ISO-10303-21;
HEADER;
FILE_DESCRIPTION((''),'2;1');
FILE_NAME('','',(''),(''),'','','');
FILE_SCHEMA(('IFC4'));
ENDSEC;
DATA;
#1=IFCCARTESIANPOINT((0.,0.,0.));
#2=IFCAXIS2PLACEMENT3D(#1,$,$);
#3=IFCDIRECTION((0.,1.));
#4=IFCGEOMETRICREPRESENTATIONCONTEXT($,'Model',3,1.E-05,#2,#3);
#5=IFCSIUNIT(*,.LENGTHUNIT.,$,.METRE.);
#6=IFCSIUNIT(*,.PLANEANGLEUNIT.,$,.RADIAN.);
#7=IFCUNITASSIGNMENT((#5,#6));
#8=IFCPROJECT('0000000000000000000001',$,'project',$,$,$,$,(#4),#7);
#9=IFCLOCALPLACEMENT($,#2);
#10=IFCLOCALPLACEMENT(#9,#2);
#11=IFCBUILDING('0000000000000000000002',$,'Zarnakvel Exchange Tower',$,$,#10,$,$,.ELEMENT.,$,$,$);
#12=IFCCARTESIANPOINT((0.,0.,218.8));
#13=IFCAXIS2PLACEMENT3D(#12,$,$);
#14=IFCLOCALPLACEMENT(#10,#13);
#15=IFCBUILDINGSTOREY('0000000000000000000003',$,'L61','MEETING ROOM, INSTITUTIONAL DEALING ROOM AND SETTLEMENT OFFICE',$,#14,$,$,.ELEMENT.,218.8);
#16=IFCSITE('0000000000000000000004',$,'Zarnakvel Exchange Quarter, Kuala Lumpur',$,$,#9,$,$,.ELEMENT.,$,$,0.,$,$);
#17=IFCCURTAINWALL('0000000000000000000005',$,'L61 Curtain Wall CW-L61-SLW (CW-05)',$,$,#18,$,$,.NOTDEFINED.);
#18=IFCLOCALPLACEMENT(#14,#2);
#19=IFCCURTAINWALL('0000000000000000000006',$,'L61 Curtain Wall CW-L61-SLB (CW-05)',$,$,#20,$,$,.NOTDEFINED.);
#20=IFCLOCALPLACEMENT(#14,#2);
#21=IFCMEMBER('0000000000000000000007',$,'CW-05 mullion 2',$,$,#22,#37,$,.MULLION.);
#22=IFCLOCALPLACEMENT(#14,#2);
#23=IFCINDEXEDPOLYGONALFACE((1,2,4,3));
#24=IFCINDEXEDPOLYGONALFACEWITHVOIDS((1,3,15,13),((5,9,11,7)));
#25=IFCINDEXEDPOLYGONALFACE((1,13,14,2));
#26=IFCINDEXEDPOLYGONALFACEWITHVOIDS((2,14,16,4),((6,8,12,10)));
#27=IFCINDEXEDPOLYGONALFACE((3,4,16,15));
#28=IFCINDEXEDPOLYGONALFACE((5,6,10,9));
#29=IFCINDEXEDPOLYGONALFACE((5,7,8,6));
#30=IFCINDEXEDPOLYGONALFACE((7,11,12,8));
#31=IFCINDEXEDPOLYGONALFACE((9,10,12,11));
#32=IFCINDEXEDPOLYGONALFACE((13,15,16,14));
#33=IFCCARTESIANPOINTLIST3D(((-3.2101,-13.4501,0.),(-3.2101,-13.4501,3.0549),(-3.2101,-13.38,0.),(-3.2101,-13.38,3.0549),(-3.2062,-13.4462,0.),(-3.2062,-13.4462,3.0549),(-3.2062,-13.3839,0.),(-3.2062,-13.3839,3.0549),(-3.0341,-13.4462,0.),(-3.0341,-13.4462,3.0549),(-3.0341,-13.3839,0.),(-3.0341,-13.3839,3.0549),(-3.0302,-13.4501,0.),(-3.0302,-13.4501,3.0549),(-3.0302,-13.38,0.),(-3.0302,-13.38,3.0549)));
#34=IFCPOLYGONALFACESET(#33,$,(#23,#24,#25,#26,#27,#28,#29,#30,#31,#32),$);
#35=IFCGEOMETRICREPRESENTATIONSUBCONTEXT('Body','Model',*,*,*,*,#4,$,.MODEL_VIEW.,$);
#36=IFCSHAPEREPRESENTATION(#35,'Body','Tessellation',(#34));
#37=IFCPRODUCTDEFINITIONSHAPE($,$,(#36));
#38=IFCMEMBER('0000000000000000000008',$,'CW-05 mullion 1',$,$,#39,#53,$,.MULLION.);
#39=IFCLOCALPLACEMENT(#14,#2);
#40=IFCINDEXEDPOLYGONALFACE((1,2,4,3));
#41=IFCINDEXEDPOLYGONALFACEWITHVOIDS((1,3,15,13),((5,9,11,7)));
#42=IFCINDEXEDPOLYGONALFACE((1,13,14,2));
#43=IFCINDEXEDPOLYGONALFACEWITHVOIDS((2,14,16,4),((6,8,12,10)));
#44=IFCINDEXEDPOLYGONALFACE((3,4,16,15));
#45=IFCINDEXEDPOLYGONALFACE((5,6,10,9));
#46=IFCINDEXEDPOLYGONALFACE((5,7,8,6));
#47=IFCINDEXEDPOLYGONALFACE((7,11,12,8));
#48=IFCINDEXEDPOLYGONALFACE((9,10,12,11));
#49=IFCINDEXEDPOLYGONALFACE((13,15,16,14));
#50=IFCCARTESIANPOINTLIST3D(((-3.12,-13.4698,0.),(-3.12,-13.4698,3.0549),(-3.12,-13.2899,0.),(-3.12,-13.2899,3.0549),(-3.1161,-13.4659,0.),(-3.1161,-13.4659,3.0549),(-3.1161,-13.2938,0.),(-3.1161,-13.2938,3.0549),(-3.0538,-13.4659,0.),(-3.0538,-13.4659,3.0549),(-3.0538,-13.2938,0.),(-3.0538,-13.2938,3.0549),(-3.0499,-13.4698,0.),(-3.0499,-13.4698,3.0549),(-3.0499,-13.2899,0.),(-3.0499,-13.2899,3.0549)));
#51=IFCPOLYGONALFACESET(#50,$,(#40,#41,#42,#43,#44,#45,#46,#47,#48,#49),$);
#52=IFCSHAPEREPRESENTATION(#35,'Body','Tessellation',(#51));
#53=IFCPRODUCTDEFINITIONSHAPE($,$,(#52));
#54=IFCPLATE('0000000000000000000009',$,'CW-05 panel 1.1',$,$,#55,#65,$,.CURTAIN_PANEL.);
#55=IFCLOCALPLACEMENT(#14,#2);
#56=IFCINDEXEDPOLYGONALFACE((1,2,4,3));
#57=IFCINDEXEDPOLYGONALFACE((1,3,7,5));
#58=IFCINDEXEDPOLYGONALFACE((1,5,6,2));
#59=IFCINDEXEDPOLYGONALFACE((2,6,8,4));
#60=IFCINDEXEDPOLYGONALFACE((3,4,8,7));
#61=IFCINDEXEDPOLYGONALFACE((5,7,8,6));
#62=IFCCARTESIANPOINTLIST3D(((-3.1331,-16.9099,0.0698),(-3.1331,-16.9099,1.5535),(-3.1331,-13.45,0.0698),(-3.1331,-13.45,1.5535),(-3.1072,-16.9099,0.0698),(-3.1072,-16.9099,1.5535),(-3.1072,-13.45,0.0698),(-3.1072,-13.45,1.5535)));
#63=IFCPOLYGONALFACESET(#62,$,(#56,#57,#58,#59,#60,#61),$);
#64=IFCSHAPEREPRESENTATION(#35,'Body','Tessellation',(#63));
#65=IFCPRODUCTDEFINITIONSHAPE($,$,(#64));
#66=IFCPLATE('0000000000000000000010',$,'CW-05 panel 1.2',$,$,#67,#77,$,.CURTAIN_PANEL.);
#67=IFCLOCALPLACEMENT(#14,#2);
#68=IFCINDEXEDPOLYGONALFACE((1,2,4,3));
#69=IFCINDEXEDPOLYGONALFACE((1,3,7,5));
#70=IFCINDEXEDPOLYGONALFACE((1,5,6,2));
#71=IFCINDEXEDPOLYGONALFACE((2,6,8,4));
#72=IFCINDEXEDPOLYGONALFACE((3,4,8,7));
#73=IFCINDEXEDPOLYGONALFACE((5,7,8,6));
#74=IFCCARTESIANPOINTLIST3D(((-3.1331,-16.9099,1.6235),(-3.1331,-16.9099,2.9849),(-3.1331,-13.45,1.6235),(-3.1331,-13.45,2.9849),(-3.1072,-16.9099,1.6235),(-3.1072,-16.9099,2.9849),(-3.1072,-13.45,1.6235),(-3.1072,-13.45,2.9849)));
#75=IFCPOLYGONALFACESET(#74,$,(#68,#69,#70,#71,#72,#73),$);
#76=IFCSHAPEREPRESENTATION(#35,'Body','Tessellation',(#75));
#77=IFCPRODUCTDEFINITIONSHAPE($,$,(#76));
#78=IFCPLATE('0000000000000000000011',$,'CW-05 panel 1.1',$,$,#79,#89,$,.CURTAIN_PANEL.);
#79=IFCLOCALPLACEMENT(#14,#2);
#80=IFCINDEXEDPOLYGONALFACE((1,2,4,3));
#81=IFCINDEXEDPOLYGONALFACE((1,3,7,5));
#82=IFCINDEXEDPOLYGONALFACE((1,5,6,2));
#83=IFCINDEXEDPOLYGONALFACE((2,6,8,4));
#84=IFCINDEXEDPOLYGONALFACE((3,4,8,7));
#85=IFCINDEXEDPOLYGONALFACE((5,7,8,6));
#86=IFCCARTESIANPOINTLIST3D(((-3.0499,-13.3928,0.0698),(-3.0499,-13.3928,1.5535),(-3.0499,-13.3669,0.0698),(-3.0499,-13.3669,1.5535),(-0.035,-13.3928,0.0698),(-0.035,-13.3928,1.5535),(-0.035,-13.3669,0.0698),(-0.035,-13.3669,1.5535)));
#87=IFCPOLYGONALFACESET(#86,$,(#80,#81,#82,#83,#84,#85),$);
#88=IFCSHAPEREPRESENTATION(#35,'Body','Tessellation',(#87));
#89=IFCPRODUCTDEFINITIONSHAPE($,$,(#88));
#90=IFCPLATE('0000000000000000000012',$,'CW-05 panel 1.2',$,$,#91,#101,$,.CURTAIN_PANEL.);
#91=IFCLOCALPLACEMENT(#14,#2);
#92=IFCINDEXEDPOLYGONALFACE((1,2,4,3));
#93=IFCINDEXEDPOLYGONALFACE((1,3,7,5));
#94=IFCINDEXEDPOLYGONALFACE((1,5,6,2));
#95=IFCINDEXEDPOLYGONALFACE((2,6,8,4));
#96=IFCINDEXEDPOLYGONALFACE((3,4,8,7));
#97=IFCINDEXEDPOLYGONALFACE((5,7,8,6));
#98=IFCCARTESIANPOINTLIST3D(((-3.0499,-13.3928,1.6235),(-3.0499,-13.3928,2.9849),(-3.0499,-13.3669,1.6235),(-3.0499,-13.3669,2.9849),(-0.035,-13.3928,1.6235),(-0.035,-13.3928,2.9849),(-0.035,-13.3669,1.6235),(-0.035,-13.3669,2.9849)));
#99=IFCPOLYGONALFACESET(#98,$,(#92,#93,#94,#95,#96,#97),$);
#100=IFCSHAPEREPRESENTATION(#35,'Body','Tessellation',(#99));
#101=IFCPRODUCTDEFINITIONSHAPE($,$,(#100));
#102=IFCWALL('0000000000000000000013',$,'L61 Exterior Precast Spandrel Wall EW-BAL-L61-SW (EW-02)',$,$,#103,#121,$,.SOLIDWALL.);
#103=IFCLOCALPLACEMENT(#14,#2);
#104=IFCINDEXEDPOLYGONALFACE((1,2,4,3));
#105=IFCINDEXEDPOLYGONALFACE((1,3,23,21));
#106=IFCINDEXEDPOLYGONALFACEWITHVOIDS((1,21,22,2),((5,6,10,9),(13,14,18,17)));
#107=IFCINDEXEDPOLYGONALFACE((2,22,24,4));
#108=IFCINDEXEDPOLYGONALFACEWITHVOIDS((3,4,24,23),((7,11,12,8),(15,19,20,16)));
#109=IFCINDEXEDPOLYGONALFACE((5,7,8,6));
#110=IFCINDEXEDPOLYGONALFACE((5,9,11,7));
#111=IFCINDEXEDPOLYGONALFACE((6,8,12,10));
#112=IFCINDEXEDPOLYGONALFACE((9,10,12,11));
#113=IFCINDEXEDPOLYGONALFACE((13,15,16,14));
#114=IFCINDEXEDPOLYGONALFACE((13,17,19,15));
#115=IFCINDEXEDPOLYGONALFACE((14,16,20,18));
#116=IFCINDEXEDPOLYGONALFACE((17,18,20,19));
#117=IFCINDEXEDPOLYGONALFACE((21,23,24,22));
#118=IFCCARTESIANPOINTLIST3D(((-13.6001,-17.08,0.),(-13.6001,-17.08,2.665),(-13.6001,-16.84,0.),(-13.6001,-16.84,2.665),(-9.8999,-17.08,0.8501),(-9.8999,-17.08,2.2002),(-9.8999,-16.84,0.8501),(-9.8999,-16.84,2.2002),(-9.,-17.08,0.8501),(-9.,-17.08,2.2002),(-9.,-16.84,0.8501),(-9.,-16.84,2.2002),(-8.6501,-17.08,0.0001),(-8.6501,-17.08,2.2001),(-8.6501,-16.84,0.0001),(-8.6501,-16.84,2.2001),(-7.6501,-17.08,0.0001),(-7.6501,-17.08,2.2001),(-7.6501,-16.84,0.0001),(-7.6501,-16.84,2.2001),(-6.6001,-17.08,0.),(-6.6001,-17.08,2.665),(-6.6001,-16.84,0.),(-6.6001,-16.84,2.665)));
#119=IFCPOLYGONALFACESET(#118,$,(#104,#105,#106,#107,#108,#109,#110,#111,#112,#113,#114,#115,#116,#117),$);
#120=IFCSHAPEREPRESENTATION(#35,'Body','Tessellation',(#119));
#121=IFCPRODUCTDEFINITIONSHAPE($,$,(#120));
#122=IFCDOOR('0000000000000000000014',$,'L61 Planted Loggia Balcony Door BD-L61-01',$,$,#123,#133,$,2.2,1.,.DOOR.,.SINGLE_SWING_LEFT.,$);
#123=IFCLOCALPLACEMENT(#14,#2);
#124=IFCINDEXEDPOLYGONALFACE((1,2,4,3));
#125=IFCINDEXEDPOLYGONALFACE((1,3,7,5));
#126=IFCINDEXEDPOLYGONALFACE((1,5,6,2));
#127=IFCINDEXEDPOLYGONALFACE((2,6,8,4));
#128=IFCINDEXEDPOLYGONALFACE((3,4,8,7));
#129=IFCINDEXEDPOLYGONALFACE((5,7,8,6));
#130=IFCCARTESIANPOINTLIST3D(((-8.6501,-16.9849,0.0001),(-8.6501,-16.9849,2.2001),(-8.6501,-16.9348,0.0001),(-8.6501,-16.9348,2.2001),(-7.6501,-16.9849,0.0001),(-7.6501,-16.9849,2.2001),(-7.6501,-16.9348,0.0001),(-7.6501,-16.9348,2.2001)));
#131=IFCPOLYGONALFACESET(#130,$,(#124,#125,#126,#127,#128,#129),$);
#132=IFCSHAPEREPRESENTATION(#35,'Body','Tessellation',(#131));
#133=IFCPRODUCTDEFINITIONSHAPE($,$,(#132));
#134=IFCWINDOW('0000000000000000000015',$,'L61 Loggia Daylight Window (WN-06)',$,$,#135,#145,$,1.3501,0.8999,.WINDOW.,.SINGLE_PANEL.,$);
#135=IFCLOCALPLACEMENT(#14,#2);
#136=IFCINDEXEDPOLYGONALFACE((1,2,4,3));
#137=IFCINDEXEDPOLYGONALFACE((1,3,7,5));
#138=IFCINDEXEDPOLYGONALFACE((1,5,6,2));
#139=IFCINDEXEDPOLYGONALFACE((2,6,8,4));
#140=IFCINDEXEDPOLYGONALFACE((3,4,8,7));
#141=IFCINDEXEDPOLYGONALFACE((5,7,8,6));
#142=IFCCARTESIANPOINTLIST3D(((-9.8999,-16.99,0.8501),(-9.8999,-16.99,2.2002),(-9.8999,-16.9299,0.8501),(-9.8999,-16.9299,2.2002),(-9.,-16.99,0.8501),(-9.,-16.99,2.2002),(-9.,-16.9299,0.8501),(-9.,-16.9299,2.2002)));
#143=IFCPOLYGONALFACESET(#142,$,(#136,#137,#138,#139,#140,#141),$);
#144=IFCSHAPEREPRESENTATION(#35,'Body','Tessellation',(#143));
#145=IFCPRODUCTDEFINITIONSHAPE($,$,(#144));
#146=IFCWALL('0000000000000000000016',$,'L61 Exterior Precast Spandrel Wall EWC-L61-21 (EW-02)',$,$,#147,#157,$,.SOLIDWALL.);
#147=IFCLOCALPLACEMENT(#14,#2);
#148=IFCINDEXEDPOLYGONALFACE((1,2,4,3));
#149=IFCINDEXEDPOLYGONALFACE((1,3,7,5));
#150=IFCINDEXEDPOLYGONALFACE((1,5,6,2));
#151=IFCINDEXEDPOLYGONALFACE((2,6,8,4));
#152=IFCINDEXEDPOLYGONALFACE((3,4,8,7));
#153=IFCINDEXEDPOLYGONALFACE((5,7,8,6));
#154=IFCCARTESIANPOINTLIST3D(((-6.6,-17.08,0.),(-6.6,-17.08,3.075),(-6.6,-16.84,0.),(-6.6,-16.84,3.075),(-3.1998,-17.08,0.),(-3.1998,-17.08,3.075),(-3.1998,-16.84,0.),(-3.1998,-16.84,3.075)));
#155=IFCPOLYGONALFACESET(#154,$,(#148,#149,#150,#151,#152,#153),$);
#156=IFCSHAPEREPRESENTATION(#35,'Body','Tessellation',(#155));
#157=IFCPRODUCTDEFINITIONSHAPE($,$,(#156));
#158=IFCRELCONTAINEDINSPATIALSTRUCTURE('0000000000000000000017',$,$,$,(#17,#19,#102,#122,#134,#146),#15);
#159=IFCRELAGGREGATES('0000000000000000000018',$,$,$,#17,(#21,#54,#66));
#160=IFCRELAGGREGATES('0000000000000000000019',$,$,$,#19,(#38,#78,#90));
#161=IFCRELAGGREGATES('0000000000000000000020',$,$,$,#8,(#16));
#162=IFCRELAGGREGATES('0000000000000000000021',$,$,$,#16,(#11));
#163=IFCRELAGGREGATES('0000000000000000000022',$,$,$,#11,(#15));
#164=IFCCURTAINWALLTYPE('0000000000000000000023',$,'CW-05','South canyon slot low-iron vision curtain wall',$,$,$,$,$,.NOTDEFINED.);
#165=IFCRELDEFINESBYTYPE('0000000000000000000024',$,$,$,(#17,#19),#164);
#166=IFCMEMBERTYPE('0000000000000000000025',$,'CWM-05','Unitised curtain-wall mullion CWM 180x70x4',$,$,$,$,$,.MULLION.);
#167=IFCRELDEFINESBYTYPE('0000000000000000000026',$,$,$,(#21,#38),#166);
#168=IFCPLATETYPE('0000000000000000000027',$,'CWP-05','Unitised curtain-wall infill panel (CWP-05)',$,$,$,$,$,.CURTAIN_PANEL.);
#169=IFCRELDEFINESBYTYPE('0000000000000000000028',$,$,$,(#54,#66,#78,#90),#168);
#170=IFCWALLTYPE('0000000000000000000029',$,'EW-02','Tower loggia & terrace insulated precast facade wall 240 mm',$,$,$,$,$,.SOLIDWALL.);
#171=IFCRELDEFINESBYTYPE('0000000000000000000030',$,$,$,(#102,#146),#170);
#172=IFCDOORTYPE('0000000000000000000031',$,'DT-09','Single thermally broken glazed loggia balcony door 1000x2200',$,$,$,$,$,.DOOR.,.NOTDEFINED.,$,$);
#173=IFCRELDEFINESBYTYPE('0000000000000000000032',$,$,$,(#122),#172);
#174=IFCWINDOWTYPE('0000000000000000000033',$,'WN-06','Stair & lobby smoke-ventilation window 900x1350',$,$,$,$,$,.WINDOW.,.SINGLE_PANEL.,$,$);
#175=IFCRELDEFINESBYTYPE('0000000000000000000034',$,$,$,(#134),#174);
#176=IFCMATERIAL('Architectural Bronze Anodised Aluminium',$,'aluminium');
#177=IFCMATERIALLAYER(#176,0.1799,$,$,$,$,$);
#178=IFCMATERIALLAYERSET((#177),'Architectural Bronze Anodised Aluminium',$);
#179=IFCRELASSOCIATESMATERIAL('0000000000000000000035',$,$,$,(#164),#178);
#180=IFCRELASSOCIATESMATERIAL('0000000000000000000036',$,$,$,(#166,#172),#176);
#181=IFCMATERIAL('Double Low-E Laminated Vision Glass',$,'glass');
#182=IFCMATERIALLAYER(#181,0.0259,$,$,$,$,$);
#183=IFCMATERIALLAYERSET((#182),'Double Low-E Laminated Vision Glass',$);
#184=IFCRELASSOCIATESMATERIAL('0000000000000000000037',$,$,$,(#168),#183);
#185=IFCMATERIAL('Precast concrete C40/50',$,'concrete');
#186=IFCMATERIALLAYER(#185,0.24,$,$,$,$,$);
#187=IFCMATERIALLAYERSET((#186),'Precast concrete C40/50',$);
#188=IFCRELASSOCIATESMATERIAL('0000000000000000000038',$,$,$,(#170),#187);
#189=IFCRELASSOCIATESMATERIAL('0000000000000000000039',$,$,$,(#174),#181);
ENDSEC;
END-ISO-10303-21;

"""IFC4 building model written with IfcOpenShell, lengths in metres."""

from ifc_helpers import new_model, si_unit, direction, frame, frame_2d, origin, origin_2d, place, context, subcontext, project, spatial, rectangle, hollow_rectangle, extrude, source, transform, mapped, material, layer, layer_set, material_profile, profile_set, type_object, element, fill, aggregate, save


model = new_model("IFC4")

# Units and contexts
model_context = context("Model", 3, precision=1e-05, world=origin(), true_north=direction((0.0, 1.0)))
body_context = subcontext(model_context, "Body", "Model", "MODEL_VIEW")
ifc_project = project(units=[si_unit("LENGTHUNIT", "METRE"), si_unit("PLANEANGLEUNIT", "RADIAN")], contexts=[model_context])

# Site, building, storey
site_placement = place(None, origin())
site = spatial("IfcSite", under=ifc_project, at=site_placement, Name="Zarnakvel Exchange Quarter, Kuala Lumpur", CompositionType="ELEMENT", RefElevation=0.0)
building_placement = place(site_placement, origin())
building = spatial("IfcBuilding", under=site, at=building_placement, Name="Zarnakvel Exchange Tower", CompositionType="ELEMENT")
storey_placement = place(building_placement, frame((0.0, 0.0, 218.8)))
storey = spatial("IfcBuildingStorey", under=building, at=storey_placement, Name="L61", Description="MEETING ROOM, INSTITUTIONAL DEALING ROOM AND SETTLEMENT OFFICE", CompositionType="ELEMENT", Elevation=218.8)

# Curtain walls
ifc_material_1 = material(Name="Architectural Bronze Anodised Aluminium", Category="aluminium")
ifc_layer_1 = layer(ifc_material_1, 0.1799)
ifc_layer_set_1 = layer_set([ifc_layer_1], Name="Architectural Bronze Anodised Aluminium")
curtain_wall_type = type_object("IfcCurtainWallType", Name="CW-05", Description="South canyon slot low-iron vision curtain wall", PredefinedType="NOTDEFINED", material=ifc_layer_set_1)
curtain_wall_1_placement = place(storey_placement, origin())
curtain_wall_1 = element("IfcCurtainWall", 1, at=curtain_wall_1_placement, inside=storey, type_object=curtain_wall_type, Name="L61 Curtain Wall CW-L61-SLW (CW-05)", PredefinedType="NOTDEFINED")
curtain_wall_2_placement = place(storey_placement, origin())
curtain_wall_2 = element("IfcCurtainWall", 2, at=curtain_wall_2_placement, inside=storey, type_object=curtain_wall_type, Name="L61 Curtain Wall CW-L61-SLB (CW-05)", PredefinedType="NOTDEFINED")

# Members
ifc_material_profile_1 = material_profile(ifc_material_1, hollow_rectangle(XDim=0.1799, YDim=0.0701, WallThickness=0.0039, at=origin_2d()))
ifc_profile_set_1 = profile_set([ifc_material_profile_1], Name="Architectural Bronze Anodised Aluminium")
member_type_1 = type_object("IfcMemberType", Name="CWM-05", Description="Unitised curtain-wall mullion CWM 180x70x4", PredefinedType="MULLION", material=ifc_profile_set_1)
shared_shape_1 = source(origin(), body_context, "Body", "SweptSolid", [
    extrude(hollow_rectangle(XDim=0.1799, YDim=0.0701, WallThickness=0.0039, at=origin_2d()), origin(), (0.0, 0.0, 1.0), 3.0549),
])
member_1_placement = place(storey_placement, frame((-3.1201, -13.415, 0.0), z_axis=(0.0, 0.0, 1.0), x_axis=(-1.0, 0.0, 0.0)))
member_1 = element("IfcMember", 3, at=member_1_placement, type_object=member_type_1, Name="CW-05 mullion 2", PredefinedType="MULLION", context=body_context, shape_type="MappedRepresentation", body=[
    mapped(shared_shape_1, transform((0.0, 0.0, 0.0), x_axis=(1.0, 0.0, 0.0), y_axis=(0.0, 1.0, 0.0), z_axis=(0.0, 0.0, 1.0), scale=1.0)),
])
member_2_placement = place(storey_placement, frame((-3.085, -13.3799, 0.0), z_axis=(0.0, 0.0, 1.0), x_axis=(0.0, 1.0, 0.0)))
member_2 = element("IfcMember", 4, at=member_2_placement, type_object=member_type_1, Name="CW-05 mullion 1", PredefinedType="MULLION", context=body_context, shape_type="MappedRepresentation", body=[
    mapped(shared_shape_1, transform((0.0, 0.0, 0.0), x_axis=(1.0, 0.0, 0.0), y_axis=(0.0, 1.0, 0.0), z_axis=(0.0, 0.0, 1.0), scale=1.0)),
])

# Plates
ifc_material_2 = material(Name="Double Low-E Laminated Vision Glass", Category="glass")
ifc_layer_2 = layer(ifc_material_2, 0.0259)
ifc_layer_set_2 = layer_set([ifc_layer_2], Name="Double Low-E Laminated Vision Glass")
plate_type = type_object("IfcPlateType", Name="CWP-05", Description="Unitised curtain-wall infill panel (CWP-05)", PredefinedType="CURTAIN_PANEL", material=ifc_layer_set_2)
shared_shape_2 = source(origin(), body_context, "Body", "SweptSolid", [
    extrude(rectangle(XDim=3.46, YDim=0.0259, at=origin_2d()), origin(), (0.0, 0.0, 1.0), 1.4836),
])
plate_1_placement = place(storey_placement, frame((-3.1201, -15.1799, 0.0698), z_axis=(0.0, 0.0, 1.0), x_axis=(0.0, 1.0, 0.0)))
plate_1 = element("IfcPlate", 5, at=plate_1_placement, type_object=plate_type, Name="CW-05 panel 1.1", PredefinedType="CURTAIN_PANEL", context=body_context, shape_type="MappedRepresentation", body=[
    mapped(shared_shape_2, transform((0.0, 0.0, 0.0), x_axis=(1.0, 0.0, 0.0), y_axis=(0.0, 1.0, 0.0), z_axis=(0.0, 0.0, 1.0), scale=1.0)),
])
shared_shape_3 = source(origin(), body_context, "Body", "SweptSolid", [
    extrude(rectangle(XDim=3.46, YDim=0.0259, at=origin_2d()), origin(), (0.0, 0.0, 1.0), 1.3613),
])
plate_2_placement = place(storey_placement, frame((-3.1201, -15.1799, 1.6235), z_axis=(0.0, 0.0, 1.0), x_axis=(0.0, 1.0, 0.0)))
plate_2 = element("IfcPlate", 6, at=plate_2_placement, type_object=plate_type, Name="CW-05 panel 1.2", PredefinedType="CURTAIN_PANEL", context=body_context, shape_type="MappedRepresentation", body=[
    mapped(shared_shape_3, transform((0.0, 0.0, 0.0), x_axis=(1.0, 0.0, 0.0), y_axis=(0.0, 1.0, 0.0), z_axis=(0.0, 0.0, 1.0), scale=1.0)),
])
aggregate(curtain_wall_1, [member_1, plate_1, plate_2])
shared_shape_4 = source(origin(), body_context, "Body", "SweptSolid", [
    extrude(rectangle(XDim=3.0149, YDim=0.0259, at=origin_2d()), origin(), (0.0, 0.0, 1.0), 1.4836),
])
plate_3_placement = place(storey_placement, frame((-1.5425, -13.3799, 0.0698), z_axis=(0.0, 0.0, 1.0), x_axis=(1.0, 0.0, 0.0)))
plate_3 = element("IfcPlate", 7, at=plate_3_placement, type_object=plate_type, Name="CW-05 panel 1.1", PredefinedType="CURTAIN_PANEL", context=body_context, shape_type="MappedRepresentation", body=[
    mapped(shared_shape_4, transform((0.0, 0.0, 0.0), x_axis=(1.0, 0.0, 0.0), y_axis=(0.0, 1.0, 0.0), z_axis=(0.0, 0.0, 1.0), scale=1.0)),
])
shared_shape_5 = source(origin(), body_context, "Body", "SweptSolid", [
    extrude(rectangle(XDim=3.0149, YDim=0.0259, at=origin_2d()), origin(), (0.0, 0.0, 1.0), 1.3613),
])
plate_4_placement = place(storey_placement, frame((-1.5425, -13.3799, 1.6235), z_axis=(0.0, 0.0, 1.0), x_axis=(1.0, 0.0, 0.0)))
plate_4 = element("IfcPlate", 8, at=plate_4_placement, type_object=plate_type, Name="CW-05 panel 1.2", PredefinedType="CURTAIN_PANEL", context=body_context, shape_type="MappedRepresentation", body=[
    mapped(shared_shape_5, transform((0.0, 0.0, 0.0), x_axis=(1.0, 0.0, 0.0), y_axis=(0.0, 1.0, 0.0), z_axis=(0.0, 0.0, 1.0), scale=1.0)),
])
aggregate(curtain_wall_2, [member_2, plate_3, plate_4])

# Wall, openings, door, window
ifc_material_3 = material(Name="Precast concrete C40/50", Category="concrete")
ifc_layer_3 = layer(ifc_material_3, 0.24)
ifc_layer_set_3 = layer_set([ifc_layer_3], Name="Precast concrete C40/50")
wall_type = type_object("IfcWallType", Name="EW-02", Description="Tower loggia & terrace insulated precast facade wall 240 mm", PredefinedType="SOLIDWALL", material=ifc_layer_set_3)
wall_1_placement = place(storey_placement, frame((-6.6001, -16.96, 0.0), z_axis=(0.0, 0.0, 1.0), x_axis=(-1.0, 0.0, 0.0)))
wall_1 = element("IfcWall", 9, at=wall_1_placement, inside=storey, type_object=wall_type, Name="L61 Exterior Precast Spandrel Wall EW-BAL-L61-SW (EW-02)", PredefinedType="SOLIDWALL", context=body_context, shape_type="SweptSolid", body=[
    extrude(rectangle(XDim=7.0, YDim=0.24, at=frame_2d((3.5, 0.0))), origin(), (0.0, 0.0, 1.0), 2.665),
])
opening_1_placement = place(wall_1_placement, frame((1.05, 0.0, 0.0)))
opening_1 = element("IfcOpeningElement", 10, at=opening_1_placement, cuts=wall_1, PredefinedType="OPENING", context=body_context, shape_type="SweptSolid", body=[
    extrude(rectangle(XDim=1.0, YDim=2.2, at=frame_2d((0.5, 1.1001))), frame((0.0, 0.1299, 0.0), z_axis=(0.0, -1.0, 0.0), x_axis=(1.0, 0.0, 0.0)), (0.0, 0.0, 1.0), 0.26),
])
opening_2_placement = place(wall_1_placement, frame((2.3999, 0.0, 0.8501)))
opening_2 = element("IfcOpeningElement", 11, at=opening_2_placement, cuts=wall_1, PredefinedType="OPENING", context=body_context, shape_type="SweptSolid", body=[
    extrude(rectangle(XDim=0.8999, YDim=1.3501, at=frame_2d((0.45, 0.675))), frame((0.0, 0.1299, 0.0), z_axis=(0.0, -1.0, 0.0), x_axis=(1.0, 0.0, 0.0)), (0.0, 0.0, 1.0), 0.26),
])
door_type = type_object("IfcDoorType", Name="DT-09", Description="Single thermally broken glazed loggia balcony door 1000x2200", OperationType="NOTDEFINED", PredefinedType="DOOR", material=ifc_material_1)
shared_shape_6 = source(origin(), body_context, "Body", "SweptSolid", [
    extrude(rectangle(XDim=1.0, YDim=2.2, at=frame_2d((0.5, 1.1001))), frame((0.0, 0.0249, 0.0), z_axis=(0.0, -1.0, 0.0), x_axis=(1.0, 0.0, 0.0)), (0.0, 0.0, 1.0), 0.05),
])
door_placement = place(opening_1_placement, origin())
door = element("IfcDoor", 12, at=door_placement, inside=storey, type_object=door_type, Name="L61 Planted Loggia Balcony Door BD-L61-01", OperationType="SINGLE_SWING_LEFT", OverallHeight=2.2, OverallWidth=1.0, PredefinedType="DOOR", context=body_context, shape_type="MappedRepresentation", body=[
    mapped(shared_shape_6, transform((0.0, 0.0, 0.0), x_axis=(1.0, 0.0, 0.0), y_axis=(0.0, 1.0, 0.0), z_axis=(0.0, 0.0, 1.0), scale=1.0)),
])
fill(opening_1, door)
window_type = type_object("IfcWindowType", Name="WN-06", Description="Stair & lobby smoke-ventilation window 900x1350", PartitioningType="SINGLE_PANEL", PredefinedType="WINDOW", material=ifc_material_2)
shared_shape_7 = source(origin(), body_context, "Body", "SweptSolid", [
    extrude(rectangle(XDim=0.8999, YDim=1.3501, at=frame_2d((0.45, 0.675))), frame((0.0, 0.03, 0.0), z_axis=(0.0, -1.0, 0.0), x_axis=(1.0, 0.0, 0.0)), (0.0, 0.0, 1.0), 0.0601),
])
window_placement = place(opening_2_placement, origin())
window = element("IfcWindow", 13, at=window_placement, inside=storey, type_object=window_type, Name="L61 Loggia Daylight Window (WN-06)", OverallHeight=1.3501, OverallWidth=0.8999, PartitioningType="SINGLE_PANEL", PredefinedType="WINDOW", context=body_context, shape_type="MappedRepresentation", body=[
    mapped(shared_shape_7, transform((0.0, 0.0, 0.0), x_axis=(1.0, 0.0, 0.0), y_axis=(0.0, 1.0, 0.0), z_axis=(0.0, 0.0, 1.0), scale=1.0)),
])
fill(opening_2, window)

# Wall
wall_2_placement = place(storey_placement, frame((-6.6001, -16.96, 0.0), z_axis=(0.0, 0.0, 1.0), x_axis=(1.0, 0.0, 0.0)))
element("IfcWall", 14, at=wall_2_placement, inside=storey, type_object=wall_type, Name="L61 Exterior Precast Spandrel Wall EWC-L61-21 (EW-02)", PredefinedType="SOLIDWALL", context=body_context, shape_type="SweptSolid", body=[
    extrude(rectangle(XDim=3.4001, YDim=0.24, at=frame_2d((1.7002, 0.0))), origin(), (0.0, 0.0, 1.0), 3.075),
])

save(model, "model.ifc")
